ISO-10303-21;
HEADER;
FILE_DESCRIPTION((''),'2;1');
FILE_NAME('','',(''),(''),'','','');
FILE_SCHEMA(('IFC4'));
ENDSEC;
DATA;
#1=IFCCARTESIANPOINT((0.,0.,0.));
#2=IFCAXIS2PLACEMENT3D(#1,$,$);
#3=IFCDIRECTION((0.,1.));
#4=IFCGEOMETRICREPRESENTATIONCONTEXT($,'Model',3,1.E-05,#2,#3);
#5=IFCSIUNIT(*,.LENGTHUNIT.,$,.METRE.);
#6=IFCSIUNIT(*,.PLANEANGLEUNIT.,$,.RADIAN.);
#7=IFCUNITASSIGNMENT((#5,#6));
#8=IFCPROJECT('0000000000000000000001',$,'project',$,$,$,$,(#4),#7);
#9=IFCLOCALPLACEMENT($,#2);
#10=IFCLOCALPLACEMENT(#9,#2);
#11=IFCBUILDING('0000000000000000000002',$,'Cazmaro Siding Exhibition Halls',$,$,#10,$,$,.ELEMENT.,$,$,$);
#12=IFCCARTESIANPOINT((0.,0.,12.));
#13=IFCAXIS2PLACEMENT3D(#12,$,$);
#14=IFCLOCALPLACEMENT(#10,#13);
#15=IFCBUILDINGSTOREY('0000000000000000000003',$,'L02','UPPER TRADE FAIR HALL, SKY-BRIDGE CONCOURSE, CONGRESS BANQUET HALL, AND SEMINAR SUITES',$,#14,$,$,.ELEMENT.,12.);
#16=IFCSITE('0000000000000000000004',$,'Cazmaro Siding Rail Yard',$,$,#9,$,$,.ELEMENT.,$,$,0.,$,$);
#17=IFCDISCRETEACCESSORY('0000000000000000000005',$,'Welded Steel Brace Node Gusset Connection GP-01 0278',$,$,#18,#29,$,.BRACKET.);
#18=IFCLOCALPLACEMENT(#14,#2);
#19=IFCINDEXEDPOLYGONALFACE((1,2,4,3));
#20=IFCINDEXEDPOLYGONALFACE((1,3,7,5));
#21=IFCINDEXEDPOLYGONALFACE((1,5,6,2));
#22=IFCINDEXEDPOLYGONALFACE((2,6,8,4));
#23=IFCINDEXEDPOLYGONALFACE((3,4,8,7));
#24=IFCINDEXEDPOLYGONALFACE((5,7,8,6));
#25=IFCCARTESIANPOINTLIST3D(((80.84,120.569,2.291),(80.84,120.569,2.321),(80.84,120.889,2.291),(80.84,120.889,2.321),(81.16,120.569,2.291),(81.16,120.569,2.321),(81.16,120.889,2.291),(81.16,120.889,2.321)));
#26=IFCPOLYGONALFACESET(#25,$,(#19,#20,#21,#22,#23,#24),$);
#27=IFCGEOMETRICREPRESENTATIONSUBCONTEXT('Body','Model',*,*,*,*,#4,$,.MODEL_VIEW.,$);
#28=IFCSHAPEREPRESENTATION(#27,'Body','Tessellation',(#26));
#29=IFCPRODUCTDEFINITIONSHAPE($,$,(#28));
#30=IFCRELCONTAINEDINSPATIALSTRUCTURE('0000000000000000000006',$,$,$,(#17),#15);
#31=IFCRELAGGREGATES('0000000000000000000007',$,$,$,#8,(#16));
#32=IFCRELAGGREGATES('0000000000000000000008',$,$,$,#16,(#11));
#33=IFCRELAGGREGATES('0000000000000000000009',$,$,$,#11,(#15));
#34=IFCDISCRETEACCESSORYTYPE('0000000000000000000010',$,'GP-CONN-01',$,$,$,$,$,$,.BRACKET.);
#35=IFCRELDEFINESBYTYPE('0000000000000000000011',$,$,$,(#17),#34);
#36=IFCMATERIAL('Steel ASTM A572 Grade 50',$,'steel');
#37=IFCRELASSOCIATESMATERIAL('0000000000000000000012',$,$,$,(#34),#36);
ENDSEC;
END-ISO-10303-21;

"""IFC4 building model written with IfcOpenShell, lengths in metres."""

from ifc_helpers import new_model, si_unit, direction, frame, origin, origin_2d, place, context, subcontext, project, spatial, rectangle, extrude, material, type_object, element, save


model = new_model("IFC4")

# Units and contexts
model_context = context("Model", 3, precision=1e-05, world=origin(), true_north=direction((0.0, 1.0)))
body_context = subcontext(model_context, "Body", "Model", "MODEL_VIEW")
ifc_project = project(units=[si_unit("LENGTHUNIT", "METRE"), si_unit("PLANEANGLEUNIT", "RADIAN")], contexts=[model_context])

# Site, building, storey
site_placement = place(None, origin())
site = spatial("IfcSite", under=ifc_project, at=site_placement, Name="Cazmaro Siding Rail Yard", CompositionType="ELEMENT", RefElevation=0.0)
building_placement = place(site_placement, origin())
building = spatial("IfcBuilding", under=site, at=building_placement, Name="Cazmaro Siding Exhibition Halls", CompositionType="ELEMENT")
storey_placement = place(building_placement, frame((0.0, 0.0, 12.0)))
storey = spatial("IfcBuildingStorey", under=building, at=storey_placement, Name="L02", Description="UPPER TRADE FAIR HALL, SKY-BRIDGE CONCOURSE, CONGRESS BANQUET HALL, AND SEMINAR SUITES", CompositionType="ELEMENT", Elevation=12.0)

# Discrete accessory
ifc_material_1 = material(Name="Steel ASTM A572 Grade 50", Category="steel")
discrete_accessory_type = type_object("IfcDiscreteAccessoryType", Name="GP-CONN-01", PredefinedType="BRACKET", material=ifc_material_1)
for number, where, z_axis, x_axis, name in (
    (1, (81.0, 120.729, 2.291), (0.0, 0.0, 1.0), (1.0, 0.0, 0.0), "Welded Steel Brace Node Gusset Connection GP-01 0278"),
):
    element("IfcDiscreteAccessory", number, at=place(storey_placement, frame(where, z_axis=z_axis, x_axis=x_axis)), inside=storey, type_object=discrete_accessory_type, Name=name, PredefinedType="BRACKET", context=body_context, shape_type="SweptSolid", body=[
        extrude(rectangle(XDim=0.3201, YDim=0.3201, at=origin_2d()), origin(), (0.0, 0.0, 1.0), 0.03),
    ])

save(model, "model.ifc")
